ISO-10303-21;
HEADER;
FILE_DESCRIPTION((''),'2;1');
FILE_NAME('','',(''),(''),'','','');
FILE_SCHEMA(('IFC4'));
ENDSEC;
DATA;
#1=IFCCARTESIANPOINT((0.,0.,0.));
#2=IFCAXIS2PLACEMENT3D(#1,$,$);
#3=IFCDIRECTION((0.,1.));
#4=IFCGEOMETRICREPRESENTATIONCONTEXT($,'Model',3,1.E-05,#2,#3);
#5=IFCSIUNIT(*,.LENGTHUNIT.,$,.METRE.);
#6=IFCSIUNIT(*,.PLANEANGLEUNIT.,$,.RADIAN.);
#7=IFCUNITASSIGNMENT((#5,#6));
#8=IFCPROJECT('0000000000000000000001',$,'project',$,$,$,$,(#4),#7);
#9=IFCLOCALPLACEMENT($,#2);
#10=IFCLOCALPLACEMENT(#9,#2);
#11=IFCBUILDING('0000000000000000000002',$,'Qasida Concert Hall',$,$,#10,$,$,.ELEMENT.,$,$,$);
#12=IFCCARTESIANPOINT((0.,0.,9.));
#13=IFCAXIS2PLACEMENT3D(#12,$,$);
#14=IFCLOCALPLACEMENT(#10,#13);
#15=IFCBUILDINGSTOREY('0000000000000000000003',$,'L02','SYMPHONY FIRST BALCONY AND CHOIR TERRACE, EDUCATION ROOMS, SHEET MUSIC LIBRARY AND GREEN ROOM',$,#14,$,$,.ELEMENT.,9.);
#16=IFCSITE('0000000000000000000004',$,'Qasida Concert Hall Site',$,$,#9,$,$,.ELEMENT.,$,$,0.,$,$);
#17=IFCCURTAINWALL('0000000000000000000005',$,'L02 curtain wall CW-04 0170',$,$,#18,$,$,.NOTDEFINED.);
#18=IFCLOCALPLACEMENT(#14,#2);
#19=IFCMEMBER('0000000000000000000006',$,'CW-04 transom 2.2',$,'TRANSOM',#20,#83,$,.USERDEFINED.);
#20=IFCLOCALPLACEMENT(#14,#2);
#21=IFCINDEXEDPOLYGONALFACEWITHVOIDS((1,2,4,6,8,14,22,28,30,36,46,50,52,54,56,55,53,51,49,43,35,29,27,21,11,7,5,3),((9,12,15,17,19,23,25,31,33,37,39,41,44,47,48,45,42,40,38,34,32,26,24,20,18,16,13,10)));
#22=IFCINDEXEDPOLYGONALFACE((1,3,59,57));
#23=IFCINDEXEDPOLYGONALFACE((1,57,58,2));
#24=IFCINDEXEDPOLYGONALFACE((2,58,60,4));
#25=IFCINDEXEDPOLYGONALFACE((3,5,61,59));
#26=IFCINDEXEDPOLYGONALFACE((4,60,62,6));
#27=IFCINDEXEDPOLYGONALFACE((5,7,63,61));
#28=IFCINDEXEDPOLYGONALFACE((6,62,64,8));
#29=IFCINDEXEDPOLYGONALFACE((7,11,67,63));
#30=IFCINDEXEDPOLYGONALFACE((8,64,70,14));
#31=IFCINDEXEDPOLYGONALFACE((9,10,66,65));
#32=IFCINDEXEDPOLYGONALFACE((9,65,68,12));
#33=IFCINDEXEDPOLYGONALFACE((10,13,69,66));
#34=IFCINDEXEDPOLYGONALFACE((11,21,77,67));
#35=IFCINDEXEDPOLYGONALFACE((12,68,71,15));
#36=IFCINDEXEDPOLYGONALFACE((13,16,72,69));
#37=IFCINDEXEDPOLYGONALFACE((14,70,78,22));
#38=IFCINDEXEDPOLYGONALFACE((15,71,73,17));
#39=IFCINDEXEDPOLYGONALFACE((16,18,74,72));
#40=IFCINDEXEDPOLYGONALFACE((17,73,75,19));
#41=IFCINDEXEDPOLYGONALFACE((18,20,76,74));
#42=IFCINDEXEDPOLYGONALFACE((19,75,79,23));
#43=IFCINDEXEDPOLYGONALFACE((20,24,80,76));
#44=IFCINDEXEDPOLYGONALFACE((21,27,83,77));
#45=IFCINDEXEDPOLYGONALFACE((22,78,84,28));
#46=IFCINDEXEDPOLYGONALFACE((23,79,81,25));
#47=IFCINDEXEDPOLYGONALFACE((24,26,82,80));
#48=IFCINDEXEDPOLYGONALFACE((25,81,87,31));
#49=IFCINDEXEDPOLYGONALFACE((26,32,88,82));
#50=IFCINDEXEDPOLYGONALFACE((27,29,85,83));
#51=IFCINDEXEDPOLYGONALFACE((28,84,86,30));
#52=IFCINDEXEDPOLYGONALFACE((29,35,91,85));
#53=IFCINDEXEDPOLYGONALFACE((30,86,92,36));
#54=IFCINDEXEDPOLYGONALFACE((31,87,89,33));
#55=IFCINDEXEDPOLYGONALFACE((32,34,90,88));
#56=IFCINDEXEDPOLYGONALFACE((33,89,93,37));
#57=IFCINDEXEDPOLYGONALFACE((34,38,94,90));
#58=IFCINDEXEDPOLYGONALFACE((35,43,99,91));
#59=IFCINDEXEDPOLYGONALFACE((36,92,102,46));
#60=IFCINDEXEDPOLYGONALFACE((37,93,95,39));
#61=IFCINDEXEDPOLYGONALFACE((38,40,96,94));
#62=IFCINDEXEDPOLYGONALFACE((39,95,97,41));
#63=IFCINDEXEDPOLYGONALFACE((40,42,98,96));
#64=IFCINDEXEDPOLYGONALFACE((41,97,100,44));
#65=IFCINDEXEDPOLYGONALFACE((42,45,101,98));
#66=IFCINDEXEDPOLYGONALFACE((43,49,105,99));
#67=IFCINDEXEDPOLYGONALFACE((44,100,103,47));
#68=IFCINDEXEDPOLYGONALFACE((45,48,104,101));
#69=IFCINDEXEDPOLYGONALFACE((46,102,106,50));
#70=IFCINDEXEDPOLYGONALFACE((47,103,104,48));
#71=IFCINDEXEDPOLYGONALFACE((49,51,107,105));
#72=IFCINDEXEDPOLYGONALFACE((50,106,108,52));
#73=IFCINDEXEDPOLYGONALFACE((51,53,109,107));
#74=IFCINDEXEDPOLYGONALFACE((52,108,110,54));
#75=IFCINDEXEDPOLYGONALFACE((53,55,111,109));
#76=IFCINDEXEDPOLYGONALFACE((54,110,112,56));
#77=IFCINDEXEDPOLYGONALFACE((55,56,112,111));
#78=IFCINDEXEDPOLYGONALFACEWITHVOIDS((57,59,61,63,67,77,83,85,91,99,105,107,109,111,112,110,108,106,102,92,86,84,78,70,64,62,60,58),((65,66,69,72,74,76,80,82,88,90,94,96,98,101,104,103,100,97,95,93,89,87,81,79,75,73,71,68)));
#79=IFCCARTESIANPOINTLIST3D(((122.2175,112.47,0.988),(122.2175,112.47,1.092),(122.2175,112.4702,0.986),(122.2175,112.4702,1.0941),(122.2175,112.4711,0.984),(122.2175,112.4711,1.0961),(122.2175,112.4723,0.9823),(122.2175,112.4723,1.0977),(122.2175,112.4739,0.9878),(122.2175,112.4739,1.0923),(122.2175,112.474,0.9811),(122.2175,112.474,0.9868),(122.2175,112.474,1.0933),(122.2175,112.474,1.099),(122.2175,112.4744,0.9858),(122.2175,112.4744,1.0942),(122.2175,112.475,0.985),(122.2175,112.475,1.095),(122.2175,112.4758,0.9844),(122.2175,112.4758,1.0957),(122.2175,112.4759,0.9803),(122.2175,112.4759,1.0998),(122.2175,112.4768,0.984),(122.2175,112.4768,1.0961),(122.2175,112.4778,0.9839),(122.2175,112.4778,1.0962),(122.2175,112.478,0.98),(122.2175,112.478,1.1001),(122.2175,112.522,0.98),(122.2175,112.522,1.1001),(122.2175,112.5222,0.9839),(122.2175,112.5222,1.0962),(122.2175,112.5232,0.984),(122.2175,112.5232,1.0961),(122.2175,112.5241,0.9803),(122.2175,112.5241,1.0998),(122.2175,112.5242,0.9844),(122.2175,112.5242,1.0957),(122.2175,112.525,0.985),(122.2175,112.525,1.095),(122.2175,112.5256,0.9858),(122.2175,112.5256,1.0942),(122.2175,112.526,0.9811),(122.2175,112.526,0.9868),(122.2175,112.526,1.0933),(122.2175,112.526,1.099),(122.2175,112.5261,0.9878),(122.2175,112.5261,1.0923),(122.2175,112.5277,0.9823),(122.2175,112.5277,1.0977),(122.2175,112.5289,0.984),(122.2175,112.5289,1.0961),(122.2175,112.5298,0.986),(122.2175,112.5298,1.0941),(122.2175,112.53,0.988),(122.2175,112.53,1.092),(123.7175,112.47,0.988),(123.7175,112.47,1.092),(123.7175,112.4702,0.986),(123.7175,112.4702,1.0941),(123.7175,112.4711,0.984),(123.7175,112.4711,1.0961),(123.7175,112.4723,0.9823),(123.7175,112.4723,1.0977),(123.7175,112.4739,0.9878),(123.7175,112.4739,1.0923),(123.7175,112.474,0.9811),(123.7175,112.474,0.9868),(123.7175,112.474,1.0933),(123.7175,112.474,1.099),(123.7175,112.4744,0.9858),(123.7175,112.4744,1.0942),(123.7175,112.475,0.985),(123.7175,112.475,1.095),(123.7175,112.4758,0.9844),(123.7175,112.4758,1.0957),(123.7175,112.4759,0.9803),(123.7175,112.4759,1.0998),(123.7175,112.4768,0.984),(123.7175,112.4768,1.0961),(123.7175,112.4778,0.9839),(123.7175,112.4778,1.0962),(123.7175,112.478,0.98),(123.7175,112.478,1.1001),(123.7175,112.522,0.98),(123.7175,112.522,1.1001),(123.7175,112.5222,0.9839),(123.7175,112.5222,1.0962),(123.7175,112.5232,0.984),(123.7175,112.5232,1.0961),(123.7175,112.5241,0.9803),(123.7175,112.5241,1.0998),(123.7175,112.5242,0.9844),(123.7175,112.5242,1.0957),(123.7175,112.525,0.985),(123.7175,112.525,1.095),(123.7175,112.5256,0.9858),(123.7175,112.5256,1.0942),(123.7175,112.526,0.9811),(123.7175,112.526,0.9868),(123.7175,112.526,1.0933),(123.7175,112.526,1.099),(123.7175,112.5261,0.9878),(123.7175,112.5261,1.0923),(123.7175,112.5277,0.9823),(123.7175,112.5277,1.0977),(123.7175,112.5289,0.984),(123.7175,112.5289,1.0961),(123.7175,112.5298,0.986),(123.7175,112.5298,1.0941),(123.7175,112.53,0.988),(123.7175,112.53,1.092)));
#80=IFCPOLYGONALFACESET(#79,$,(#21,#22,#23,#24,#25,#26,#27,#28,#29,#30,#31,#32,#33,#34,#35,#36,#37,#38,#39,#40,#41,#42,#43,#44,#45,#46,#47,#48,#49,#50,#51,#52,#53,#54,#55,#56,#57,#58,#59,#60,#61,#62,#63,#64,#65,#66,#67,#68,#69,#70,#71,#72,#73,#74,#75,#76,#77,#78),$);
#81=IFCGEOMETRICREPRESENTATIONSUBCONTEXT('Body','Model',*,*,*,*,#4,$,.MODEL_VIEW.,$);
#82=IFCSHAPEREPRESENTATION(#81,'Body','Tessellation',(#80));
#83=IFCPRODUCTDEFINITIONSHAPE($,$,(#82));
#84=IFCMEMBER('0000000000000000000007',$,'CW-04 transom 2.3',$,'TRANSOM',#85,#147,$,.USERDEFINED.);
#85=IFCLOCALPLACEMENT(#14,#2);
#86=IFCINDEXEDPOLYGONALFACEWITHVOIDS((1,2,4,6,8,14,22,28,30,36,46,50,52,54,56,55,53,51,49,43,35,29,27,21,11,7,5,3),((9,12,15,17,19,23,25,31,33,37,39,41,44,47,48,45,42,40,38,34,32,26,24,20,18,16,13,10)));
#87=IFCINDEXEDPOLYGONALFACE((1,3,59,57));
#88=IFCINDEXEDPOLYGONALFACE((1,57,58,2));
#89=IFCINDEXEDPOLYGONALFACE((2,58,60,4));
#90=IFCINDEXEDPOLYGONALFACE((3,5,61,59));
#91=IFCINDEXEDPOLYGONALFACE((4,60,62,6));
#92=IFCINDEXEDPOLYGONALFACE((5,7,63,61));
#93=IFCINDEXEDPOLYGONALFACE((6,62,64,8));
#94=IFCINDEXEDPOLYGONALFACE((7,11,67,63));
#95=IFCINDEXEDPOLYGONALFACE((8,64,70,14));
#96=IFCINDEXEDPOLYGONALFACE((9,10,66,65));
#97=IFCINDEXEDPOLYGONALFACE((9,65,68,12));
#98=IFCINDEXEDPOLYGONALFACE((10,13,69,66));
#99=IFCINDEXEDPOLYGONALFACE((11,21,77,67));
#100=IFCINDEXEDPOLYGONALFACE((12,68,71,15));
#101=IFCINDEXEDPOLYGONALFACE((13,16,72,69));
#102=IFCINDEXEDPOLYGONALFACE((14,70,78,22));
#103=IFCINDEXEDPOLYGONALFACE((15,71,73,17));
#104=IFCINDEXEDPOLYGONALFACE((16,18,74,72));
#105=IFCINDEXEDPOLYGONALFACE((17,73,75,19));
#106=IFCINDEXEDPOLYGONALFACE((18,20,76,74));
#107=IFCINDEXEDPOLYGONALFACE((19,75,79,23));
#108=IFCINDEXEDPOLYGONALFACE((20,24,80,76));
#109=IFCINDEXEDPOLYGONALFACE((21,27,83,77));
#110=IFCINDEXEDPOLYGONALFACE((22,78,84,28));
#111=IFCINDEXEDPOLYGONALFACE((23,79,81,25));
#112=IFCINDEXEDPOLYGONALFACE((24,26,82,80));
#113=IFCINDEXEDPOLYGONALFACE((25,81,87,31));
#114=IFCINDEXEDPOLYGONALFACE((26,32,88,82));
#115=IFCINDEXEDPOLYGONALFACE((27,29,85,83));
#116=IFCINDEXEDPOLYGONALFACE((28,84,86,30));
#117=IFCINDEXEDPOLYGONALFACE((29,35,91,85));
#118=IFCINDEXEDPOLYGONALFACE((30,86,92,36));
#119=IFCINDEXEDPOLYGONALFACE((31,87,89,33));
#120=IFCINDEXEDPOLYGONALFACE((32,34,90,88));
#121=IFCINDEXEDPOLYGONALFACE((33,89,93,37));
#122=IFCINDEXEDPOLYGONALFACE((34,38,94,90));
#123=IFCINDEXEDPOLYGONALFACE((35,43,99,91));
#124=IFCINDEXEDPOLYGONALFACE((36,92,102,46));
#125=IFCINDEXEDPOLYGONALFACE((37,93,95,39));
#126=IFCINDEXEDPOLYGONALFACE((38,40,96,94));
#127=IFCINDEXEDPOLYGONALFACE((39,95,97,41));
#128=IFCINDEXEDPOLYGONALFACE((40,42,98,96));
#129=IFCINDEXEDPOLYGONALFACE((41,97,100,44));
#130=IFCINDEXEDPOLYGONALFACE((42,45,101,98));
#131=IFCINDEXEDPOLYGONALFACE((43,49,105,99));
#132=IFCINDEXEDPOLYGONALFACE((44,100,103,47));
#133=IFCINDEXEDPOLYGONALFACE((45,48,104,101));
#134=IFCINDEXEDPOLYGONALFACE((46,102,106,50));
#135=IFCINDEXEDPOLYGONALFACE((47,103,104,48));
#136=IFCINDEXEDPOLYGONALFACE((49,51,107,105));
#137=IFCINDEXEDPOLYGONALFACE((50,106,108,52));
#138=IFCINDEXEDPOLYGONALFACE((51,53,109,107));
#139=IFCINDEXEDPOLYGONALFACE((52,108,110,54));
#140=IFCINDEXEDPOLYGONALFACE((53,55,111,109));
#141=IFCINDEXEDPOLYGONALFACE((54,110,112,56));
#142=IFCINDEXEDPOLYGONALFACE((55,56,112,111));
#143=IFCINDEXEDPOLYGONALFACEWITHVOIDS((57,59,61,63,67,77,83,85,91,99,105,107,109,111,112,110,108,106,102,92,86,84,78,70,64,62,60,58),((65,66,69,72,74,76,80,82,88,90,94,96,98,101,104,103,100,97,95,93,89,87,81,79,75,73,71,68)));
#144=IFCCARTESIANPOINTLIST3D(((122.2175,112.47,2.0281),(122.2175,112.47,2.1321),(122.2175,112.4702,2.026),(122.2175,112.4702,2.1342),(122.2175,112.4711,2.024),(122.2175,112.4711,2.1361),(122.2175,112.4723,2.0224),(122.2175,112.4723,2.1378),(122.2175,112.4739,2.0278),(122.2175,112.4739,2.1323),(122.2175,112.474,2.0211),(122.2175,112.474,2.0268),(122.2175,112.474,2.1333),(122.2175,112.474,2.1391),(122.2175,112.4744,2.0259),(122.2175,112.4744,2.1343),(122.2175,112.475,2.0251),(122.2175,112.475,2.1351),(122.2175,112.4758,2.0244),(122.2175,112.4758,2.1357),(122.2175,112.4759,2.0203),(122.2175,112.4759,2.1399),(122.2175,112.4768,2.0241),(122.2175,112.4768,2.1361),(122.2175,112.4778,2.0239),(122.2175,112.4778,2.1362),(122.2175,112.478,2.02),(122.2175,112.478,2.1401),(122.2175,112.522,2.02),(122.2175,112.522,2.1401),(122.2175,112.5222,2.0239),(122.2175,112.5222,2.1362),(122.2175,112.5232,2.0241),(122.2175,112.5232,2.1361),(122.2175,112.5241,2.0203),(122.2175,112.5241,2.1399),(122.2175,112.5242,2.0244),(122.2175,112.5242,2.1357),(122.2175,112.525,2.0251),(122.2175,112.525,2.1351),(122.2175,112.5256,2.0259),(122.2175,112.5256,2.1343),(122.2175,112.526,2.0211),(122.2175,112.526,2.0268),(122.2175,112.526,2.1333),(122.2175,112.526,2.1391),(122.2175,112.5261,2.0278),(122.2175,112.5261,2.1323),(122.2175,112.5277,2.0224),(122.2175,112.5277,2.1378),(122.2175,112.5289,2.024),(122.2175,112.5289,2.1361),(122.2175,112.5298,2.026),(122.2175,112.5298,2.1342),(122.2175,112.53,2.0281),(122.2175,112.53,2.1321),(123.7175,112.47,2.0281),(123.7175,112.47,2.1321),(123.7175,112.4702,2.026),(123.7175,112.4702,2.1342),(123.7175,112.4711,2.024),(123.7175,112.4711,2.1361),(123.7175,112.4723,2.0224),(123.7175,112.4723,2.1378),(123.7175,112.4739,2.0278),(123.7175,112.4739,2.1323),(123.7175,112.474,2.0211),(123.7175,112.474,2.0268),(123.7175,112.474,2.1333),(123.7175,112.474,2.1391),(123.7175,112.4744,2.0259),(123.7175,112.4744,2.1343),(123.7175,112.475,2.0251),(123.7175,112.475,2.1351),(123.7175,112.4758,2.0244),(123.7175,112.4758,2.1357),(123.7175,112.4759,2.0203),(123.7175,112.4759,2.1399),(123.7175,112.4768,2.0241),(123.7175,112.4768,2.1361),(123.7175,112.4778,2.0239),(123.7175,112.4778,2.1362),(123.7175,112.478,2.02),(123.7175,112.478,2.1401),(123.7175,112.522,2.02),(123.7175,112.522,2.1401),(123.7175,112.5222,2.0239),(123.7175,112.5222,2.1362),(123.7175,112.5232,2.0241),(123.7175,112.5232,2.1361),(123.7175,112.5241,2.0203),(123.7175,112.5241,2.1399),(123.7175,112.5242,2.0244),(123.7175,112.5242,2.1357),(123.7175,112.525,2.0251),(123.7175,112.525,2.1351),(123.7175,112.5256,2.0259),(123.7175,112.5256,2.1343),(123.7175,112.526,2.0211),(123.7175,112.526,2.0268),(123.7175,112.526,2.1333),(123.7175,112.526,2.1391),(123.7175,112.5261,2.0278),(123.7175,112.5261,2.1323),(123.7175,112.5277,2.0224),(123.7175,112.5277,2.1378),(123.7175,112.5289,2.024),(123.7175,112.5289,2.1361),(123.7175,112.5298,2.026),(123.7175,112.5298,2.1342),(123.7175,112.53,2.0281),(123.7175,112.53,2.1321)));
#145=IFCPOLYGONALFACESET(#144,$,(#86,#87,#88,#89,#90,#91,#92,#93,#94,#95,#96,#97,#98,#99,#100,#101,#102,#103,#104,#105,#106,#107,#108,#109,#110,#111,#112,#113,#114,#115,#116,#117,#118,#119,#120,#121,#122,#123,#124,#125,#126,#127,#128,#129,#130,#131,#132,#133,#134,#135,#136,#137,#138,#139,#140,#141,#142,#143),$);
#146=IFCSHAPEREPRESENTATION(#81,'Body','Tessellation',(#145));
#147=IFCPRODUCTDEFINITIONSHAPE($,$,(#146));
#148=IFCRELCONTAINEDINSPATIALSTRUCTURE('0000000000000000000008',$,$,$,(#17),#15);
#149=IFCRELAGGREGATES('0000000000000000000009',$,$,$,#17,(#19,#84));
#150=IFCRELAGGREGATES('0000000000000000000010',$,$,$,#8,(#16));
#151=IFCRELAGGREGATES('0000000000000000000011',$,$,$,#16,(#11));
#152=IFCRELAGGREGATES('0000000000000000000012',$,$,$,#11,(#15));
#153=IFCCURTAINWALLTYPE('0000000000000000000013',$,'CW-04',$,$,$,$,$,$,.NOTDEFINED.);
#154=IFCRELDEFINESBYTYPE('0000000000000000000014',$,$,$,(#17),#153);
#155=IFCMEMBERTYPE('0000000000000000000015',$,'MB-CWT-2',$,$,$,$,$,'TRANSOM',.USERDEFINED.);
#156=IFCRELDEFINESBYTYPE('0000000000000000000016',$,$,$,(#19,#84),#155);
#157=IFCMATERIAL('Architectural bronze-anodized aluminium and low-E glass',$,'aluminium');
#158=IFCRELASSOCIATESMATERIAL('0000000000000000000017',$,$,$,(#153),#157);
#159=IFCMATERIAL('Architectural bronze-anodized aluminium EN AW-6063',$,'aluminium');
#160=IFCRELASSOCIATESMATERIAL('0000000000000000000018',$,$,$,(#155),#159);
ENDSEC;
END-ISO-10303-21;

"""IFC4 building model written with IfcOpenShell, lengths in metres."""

from ifc_helpers import new_model, si_unit, direction, frame, origin, origin_2d, place, context, subcontext, project, spatial, hollow_rectangle, extrude, material, material_profile, profile_set, type_object, element, aggregate, save


model = new_model("IFC4")

# Units and contexts
model_context = context("Model", 3, precision=1e-05, world=origin(), true_north=direction((0.0, 1.0)))
body_context = subcontext(model_context, "Body", "Model", "MODEL_VIEW")
ifc_project = project(units=[si_unit("LENGTHUNIT", "METRE"), si_unit("PLANEANGLEUNIT", "RADIAN")], contexts=[model_context])

# Site, building, storey
site_placement = place(None, origin())
site = spatial("IfcSite", under=ifc_project, at=site_placement, Name="Qasida Concert Hall Site", CompositionType="ELEMENT", RefElevation=0.0)
building_placement = place(site_placement, origin())
building = spatial("IfcBuilding", under=site, at=building_placement, Name="Qasida Concert Hall", CompositionType="ELEMENT")
storey_placement = place(building_placement, frame((0.0, 0.0, 9.0)))
storey = spatial("IfcBuildingStorey", under=building, at=storey_placement, Name="L02", Description="SYMPHONY FIRST BALCONY AND CHOIR TERRACE, EDUCATION ROOMS, SHEET MUSIC LIBRARY AND GREEN ROOM", CompositionType="ELEMENT", Elevation=9.0)

# Curtain wall, members
ifc_material_1 = material(Name="Architectural bronze-anodized aluminium and low-E glass", Category="aluminium")
curtain_wall_type = type_object("IfcCurtainWallType", Name="CW-04", PredefinedType="NOTDEFINED", material=ifc_material_1)
curtain_wall_placement = place(storey_placement, origin())
curtain_wall = element("IfcCurtainWall", 1, at=curtain_wall_placement, inside=storey, type_object=curtain_wall_type, Name="L02 curtain wall CW-04 0170", PredefinedType="NOTDEFINED")
ifc_material_2 = material(Name="Architectural bronze-anodized aluminium EN AW-6063", Category="aluminium")
ifc_material_profile_1 = material_profile(ifc_material_2, hollow_rectangle(XDim=0.0601, YDim=0.1201, WallThickness=0.0039, InnerFilletRadius=0.0039, OuterFilletRadius=0.0081, at=origin_2d()), Name="CWT 120x60x4")
ifc_profile_set_1 = profile_set([ifc_material_profile_1], Name="Architectural bronze-anodized aluminium EN AW-6063")
member_type_1 = type_object("IfcMemberType", Name="MB-CWT-2", ElementType="TRANSOM", PredefinedType="USERDEFINED", material=ifc_profile_set_1)
member_1_placement = place(storey_placement, frame((122.2175, 112.5, 1.04), z_axis=(1.0, 0.0, 0.0), x_axis=(0.0, 1.0, 0.0)))
member_1 = element("IfcMember", 2, at=member_1_placement, type_object=member_type_1, Name="CW-04 transom 2.2", ObjectType="TRANSOM", PredefinedType="USERDEFINED", context=body_context, shape_type="SweptSolid", body=[
    extrude(hollow_rectangle(XDim=0.0601, YDim=0.1201, WallThickness=0.0039, InnerFilletRadius=0.0039, OuterFilletRadius=0.0081, at=origin_2d()), origin(), (0.0, 0.0, 1.0), 1.5),
])
member_2_placement = place(storey_placement, frame((122.2175, 112.5, 2.0801), z_axis=(1.0, 0.0, 0.0), x_axis=(0.0, 1.0, 0.0)))
member_2 = element("IfcMember", 3, at=member_2_placement, type_object=member_type_1, Name="CW-04 transom 2.3", ObjectType="TRANSOM", PredefinedType="USERDEFINED", context=body_context, shape_type="SweptSolid", body=[
    extrude(hollow_rectangle(XDim=0.0601, YDim=0.1201, WallThickness=0.0039, InnerFilletRadius=0.0039, OuterFilletRadius=0.0081, at=origin_2d()), origin(), (0.0, 0.0, 1.0), 1.5),
])
aggregate(curtain_wall, [member_1, member_2])

save(model, "model.ifc")
